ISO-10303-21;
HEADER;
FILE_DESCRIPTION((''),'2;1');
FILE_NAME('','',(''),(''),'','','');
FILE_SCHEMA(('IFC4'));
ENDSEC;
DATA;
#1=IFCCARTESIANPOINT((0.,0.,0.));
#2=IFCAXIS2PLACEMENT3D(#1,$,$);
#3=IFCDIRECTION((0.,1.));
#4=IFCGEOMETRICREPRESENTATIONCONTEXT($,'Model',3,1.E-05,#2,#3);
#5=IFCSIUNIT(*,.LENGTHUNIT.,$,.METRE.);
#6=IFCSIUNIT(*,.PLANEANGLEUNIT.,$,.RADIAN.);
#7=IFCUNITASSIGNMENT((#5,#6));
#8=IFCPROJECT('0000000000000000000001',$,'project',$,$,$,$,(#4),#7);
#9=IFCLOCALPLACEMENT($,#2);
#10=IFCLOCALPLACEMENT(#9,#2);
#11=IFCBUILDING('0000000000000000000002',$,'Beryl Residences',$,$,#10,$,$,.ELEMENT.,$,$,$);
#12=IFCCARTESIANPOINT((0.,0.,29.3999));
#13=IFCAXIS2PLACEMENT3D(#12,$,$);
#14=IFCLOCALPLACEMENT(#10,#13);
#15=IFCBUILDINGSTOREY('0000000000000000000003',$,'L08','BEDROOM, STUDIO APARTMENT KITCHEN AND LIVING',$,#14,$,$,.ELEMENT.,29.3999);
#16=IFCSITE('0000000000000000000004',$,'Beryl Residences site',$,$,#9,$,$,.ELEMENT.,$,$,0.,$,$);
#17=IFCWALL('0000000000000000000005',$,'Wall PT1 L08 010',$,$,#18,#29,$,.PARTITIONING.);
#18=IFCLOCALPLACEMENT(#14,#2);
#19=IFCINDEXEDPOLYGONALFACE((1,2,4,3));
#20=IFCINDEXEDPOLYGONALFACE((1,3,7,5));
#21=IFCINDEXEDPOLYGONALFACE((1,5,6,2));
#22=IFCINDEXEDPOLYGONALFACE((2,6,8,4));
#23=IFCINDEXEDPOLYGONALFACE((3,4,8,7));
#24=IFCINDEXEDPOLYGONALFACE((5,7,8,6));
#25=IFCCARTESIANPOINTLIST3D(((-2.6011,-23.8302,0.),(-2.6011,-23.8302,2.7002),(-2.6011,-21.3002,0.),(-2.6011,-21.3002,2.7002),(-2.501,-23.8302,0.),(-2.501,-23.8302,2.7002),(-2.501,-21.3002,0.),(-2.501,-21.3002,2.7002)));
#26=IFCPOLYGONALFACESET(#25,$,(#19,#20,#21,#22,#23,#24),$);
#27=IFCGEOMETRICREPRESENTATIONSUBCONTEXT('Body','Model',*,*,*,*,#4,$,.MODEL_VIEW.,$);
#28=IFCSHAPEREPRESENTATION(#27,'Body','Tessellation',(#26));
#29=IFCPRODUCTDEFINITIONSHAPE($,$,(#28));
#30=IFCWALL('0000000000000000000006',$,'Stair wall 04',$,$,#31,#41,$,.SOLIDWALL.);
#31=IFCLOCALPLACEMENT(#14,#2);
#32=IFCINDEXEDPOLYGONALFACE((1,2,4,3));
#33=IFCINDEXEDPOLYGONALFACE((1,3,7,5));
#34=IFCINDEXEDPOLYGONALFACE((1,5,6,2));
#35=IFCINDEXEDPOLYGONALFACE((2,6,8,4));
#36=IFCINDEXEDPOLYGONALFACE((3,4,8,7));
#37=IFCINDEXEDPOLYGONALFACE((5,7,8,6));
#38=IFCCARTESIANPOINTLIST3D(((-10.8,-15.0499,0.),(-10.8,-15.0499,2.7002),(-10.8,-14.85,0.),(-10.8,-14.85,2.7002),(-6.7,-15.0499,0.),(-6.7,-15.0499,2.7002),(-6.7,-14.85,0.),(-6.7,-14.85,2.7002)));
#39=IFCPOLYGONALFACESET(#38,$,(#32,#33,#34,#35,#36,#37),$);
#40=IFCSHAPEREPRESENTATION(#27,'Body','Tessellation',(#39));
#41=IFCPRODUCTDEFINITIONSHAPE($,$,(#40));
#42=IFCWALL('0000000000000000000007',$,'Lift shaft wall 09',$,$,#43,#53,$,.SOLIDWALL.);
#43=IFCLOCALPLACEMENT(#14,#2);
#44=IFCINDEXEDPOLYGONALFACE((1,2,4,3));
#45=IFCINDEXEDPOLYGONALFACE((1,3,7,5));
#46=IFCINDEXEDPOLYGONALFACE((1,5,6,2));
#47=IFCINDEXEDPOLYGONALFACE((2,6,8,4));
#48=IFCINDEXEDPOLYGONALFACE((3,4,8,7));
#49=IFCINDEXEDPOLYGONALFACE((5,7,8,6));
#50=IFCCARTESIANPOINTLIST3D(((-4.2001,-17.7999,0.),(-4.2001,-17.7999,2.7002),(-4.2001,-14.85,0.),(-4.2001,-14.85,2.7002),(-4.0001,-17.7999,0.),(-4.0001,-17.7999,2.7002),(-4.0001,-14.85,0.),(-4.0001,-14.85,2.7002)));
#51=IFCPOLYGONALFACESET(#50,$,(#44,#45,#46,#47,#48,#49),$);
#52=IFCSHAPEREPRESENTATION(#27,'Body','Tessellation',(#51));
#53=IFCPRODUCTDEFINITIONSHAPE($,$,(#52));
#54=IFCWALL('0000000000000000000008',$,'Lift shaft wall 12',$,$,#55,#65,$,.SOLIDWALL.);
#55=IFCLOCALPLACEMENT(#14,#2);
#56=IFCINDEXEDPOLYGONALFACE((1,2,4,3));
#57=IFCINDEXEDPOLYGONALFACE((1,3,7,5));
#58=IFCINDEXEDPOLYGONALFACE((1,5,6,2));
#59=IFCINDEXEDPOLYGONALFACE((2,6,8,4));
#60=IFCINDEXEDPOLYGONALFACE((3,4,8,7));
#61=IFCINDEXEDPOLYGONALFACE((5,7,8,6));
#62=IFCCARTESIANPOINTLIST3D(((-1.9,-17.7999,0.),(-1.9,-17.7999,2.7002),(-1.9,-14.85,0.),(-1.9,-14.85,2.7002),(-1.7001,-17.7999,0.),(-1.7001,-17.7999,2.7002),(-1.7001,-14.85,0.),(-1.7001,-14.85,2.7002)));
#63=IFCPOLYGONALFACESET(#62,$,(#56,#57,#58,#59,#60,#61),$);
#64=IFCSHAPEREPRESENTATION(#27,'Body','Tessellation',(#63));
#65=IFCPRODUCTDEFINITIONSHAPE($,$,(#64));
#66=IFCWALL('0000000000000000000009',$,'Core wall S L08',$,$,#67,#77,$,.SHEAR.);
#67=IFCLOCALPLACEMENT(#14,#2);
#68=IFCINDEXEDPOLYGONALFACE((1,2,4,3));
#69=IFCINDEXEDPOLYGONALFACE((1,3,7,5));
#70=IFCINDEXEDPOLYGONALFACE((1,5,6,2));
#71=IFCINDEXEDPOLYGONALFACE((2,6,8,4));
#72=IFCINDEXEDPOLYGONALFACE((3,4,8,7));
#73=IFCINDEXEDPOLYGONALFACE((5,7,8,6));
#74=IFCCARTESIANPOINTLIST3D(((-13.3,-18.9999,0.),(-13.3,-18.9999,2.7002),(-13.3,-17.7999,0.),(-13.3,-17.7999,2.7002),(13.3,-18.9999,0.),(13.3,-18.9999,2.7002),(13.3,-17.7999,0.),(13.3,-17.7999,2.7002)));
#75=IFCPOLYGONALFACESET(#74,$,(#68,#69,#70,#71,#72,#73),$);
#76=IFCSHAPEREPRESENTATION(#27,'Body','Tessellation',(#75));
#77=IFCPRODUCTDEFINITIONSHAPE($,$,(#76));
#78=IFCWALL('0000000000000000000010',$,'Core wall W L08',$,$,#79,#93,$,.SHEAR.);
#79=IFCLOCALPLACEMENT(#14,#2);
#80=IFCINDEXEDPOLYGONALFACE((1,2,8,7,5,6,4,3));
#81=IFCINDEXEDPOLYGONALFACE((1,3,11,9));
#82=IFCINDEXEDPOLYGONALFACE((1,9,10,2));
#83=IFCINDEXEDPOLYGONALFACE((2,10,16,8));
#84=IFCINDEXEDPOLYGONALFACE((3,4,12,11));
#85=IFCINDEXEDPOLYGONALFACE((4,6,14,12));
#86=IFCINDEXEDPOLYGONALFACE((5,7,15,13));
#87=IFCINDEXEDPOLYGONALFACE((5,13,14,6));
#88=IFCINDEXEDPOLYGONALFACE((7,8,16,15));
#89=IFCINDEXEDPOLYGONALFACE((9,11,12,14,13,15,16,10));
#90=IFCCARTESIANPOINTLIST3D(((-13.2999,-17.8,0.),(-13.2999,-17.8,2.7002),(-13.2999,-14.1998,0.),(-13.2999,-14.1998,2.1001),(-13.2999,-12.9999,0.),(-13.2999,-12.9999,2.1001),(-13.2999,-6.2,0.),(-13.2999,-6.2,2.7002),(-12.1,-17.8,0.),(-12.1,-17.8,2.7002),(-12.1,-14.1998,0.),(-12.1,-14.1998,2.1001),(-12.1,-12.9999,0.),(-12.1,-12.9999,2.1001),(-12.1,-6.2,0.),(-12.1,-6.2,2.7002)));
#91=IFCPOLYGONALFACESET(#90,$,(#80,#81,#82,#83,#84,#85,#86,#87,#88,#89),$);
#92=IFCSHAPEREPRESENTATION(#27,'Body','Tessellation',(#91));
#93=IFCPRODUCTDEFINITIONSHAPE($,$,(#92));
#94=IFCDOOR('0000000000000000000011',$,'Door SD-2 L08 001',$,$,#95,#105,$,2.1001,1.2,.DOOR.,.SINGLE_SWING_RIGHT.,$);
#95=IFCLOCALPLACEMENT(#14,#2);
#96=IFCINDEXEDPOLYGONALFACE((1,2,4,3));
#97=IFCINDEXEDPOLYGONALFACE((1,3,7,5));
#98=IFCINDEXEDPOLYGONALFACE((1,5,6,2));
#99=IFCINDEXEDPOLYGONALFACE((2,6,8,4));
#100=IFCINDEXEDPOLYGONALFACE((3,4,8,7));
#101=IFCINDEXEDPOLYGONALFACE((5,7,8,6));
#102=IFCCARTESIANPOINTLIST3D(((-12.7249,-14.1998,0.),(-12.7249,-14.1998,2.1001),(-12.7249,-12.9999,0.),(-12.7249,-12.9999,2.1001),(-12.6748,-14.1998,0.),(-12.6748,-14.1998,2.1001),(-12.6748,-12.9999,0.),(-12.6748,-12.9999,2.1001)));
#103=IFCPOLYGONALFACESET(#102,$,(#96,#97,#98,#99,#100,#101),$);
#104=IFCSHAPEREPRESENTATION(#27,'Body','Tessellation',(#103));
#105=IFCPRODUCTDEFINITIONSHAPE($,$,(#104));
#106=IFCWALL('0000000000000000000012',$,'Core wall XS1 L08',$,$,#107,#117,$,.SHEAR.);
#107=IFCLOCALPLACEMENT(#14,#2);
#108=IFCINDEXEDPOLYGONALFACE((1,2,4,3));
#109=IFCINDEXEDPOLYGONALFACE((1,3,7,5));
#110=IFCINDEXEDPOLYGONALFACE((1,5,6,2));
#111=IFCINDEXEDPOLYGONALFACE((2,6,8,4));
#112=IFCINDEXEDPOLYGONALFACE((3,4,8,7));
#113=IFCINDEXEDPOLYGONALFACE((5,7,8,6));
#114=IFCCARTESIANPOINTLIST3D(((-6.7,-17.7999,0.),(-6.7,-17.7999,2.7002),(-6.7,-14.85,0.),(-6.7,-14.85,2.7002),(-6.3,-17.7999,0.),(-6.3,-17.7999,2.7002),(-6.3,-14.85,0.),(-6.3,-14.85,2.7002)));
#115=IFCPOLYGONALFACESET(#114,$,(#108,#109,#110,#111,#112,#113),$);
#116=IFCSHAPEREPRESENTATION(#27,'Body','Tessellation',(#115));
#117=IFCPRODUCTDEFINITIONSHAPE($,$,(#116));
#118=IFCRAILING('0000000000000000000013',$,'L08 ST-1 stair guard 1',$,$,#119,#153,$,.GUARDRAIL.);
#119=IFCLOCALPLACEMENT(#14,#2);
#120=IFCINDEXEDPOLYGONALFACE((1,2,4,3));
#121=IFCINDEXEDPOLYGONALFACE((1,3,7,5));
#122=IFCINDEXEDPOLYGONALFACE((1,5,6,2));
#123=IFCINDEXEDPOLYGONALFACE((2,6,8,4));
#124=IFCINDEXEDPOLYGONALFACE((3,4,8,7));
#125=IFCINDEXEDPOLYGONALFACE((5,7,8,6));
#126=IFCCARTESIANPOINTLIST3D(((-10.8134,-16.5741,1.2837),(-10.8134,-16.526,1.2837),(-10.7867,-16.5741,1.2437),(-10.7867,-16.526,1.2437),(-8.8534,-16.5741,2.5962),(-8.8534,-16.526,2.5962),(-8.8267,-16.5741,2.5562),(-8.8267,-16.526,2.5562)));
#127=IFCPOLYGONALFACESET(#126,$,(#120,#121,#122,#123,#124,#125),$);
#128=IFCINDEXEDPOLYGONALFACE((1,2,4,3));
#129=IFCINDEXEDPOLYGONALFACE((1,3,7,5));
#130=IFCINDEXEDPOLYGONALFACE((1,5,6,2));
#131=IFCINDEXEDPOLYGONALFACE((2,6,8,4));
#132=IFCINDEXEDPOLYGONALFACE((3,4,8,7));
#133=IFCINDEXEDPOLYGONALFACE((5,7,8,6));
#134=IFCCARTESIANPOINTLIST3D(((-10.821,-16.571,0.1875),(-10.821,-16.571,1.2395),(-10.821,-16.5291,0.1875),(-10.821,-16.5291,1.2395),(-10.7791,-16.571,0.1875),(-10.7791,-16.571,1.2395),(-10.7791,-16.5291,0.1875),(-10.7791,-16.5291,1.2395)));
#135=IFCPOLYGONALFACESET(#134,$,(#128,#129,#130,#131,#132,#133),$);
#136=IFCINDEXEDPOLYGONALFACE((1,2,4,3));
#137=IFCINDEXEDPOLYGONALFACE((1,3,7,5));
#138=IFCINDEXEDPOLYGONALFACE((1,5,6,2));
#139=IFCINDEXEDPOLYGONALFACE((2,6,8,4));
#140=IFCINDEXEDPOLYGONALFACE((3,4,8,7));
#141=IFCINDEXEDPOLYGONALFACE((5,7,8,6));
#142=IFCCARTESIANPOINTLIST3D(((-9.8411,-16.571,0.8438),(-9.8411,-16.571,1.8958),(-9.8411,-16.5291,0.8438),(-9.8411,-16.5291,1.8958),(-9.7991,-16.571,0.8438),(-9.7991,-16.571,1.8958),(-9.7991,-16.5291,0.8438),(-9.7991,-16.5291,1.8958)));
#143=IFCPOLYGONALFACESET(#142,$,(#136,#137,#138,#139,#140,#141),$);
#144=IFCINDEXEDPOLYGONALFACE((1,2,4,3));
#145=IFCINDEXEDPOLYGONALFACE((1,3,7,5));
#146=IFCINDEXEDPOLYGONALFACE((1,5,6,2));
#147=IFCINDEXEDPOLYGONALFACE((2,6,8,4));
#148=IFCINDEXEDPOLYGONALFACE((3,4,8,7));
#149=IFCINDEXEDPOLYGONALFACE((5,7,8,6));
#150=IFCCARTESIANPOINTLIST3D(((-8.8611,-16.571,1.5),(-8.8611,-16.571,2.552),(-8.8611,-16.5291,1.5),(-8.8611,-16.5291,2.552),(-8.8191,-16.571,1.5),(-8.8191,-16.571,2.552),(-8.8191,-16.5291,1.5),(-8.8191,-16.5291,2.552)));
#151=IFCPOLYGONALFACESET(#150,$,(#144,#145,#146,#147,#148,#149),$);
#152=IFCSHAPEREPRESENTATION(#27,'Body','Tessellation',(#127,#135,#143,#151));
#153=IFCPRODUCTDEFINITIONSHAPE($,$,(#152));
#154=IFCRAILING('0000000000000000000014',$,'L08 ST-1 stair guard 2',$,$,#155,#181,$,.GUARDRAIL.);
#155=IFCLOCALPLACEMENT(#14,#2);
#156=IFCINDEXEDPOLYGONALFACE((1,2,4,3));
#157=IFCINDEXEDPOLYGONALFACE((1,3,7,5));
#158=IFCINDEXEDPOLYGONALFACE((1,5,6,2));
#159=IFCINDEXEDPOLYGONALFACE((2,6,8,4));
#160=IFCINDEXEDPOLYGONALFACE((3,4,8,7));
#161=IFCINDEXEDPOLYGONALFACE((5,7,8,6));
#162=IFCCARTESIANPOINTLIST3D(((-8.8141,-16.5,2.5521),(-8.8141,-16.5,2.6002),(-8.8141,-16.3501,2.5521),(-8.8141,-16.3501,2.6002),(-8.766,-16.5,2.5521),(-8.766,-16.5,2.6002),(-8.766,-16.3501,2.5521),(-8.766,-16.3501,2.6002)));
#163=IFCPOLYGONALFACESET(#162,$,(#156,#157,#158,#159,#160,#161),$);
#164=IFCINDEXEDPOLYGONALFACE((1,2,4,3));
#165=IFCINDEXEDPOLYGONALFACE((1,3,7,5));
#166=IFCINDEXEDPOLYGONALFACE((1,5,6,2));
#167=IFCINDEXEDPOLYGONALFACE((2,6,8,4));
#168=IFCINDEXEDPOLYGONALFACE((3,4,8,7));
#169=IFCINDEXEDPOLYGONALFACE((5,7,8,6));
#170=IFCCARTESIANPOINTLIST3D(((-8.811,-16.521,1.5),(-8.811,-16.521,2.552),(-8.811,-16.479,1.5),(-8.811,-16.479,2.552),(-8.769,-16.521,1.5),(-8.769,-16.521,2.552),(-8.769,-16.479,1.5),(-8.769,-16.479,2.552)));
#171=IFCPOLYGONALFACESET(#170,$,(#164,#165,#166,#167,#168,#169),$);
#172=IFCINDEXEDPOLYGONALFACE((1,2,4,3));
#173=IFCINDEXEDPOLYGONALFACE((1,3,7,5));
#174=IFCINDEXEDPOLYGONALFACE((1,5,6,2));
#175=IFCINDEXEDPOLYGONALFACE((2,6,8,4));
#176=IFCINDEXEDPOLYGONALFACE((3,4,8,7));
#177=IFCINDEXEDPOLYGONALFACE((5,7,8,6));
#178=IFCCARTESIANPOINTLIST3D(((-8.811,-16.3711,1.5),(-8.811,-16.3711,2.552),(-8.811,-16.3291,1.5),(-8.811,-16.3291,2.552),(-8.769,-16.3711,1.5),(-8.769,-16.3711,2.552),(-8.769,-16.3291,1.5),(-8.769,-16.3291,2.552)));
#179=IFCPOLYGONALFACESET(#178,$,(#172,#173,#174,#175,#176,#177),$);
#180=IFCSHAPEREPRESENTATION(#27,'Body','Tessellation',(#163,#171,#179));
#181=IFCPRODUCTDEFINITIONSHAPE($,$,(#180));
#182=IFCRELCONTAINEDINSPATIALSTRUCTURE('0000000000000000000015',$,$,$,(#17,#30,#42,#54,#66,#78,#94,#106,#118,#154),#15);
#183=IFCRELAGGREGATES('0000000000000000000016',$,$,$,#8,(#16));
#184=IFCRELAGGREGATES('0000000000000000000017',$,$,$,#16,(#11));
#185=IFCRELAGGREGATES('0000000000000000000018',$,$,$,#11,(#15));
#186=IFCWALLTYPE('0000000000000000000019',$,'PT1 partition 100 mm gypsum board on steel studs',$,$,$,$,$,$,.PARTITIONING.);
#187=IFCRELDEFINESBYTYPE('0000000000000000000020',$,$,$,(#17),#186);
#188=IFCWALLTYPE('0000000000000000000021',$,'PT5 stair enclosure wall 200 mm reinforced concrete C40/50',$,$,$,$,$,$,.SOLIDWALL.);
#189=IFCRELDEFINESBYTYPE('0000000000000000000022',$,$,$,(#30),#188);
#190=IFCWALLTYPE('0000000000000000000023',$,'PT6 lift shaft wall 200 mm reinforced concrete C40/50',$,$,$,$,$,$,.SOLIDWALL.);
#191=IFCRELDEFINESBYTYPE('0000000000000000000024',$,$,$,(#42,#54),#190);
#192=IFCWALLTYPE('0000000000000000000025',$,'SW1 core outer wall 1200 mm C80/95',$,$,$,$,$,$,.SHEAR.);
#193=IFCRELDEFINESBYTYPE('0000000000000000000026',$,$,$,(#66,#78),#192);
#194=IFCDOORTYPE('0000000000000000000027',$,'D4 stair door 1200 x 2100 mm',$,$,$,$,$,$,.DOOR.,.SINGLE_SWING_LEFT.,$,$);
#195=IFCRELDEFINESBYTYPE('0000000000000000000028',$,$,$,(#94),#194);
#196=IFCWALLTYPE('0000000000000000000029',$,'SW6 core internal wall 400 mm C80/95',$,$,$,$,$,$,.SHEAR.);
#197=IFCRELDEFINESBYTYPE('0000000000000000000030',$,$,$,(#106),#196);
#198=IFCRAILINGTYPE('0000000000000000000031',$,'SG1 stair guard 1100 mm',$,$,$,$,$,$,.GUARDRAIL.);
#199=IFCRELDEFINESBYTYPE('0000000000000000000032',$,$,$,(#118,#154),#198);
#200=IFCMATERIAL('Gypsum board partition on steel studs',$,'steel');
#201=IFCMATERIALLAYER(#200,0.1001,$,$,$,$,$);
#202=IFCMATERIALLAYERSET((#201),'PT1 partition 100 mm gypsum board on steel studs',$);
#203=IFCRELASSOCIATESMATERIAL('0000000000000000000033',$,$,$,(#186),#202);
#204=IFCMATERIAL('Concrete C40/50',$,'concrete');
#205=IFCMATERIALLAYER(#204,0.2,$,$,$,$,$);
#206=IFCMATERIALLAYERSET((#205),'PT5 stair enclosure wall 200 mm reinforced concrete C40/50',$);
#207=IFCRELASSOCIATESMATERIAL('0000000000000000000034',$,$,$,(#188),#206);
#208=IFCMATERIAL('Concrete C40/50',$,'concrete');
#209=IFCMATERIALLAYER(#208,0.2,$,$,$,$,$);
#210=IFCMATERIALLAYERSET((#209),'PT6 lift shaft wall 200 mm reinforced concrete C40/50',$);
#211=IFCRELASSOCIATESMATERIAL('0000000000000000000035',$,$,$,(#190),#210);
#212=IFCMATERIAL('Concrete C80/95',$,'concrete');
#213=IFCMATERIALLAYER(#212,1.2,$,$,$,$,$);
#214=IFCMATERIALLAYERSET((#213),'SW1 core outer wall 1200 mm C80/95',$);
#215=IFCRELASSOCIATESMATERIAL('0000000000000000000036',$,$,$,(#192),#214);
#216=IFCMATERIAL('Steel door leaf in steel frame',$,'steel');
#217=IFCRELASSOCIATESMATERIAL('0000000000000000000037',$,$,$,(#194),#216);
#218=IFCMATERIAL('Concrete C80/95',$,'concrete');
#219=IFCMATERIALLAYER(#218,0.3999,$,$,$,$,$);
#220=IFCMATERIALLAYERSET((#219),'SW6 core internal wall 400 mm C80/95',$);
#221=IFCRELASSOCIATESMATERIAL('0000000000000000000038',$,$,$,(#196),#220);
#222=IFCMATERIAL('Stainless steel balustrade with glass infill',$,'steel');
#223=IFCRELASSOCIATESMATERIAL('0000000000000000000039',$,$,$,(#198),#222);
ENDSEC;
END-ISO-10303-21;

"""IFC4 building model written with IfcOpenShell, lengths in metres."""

from ifc_helpers import new_model, si_unit, direction, frame, frame_2d, origin, origin_2d, place, context, subcontext, project, spatial, rectangle, extrude, material, layer, layer_set, type_object, element, fill, save


model = new_model("IFC4")

# Units and contexts
model_context = context("Model", 3, precision=1e-05, world=origin(), true_north=direction((0.0, 1.0)))
body_context = subcontext(model_context, "Body", "Model", "MODEL_VIEW")
ifc_project = project(units=[si_unit("LENGTHUNIT", "METRE"), si_unit("PLANEANGLEUNIT", "RADIAN")], contexts=[model_context])

# Site, building, storey
site_placement = place(None, origin())
site = spatial("IfcSite", under=ifc_project, at=site_placement, Name="Beryl Residences site", CompositionType="ELEMENT", RefElevation=0.0)
building_placement = place(site_placement, origin())
building = spatial("IfcBuilding", under=site, at=building_placement, Name="Beryl Residences", CompositionType="ELEMENT")
storey_placement = place(building_placement, frame((0.0, 0.0, 29.3999)))
storey = spatial("IfcBuildingStorey", under=building, at=storey_placement, Name="L08", Description="BEDROOM, STUDIO APARTMENT KITCHEN AND LIVING", CompositionType="ELEMENT", Elevation=29.3999)

# Walls
ifc_material_1 = material(Name="Gypsum board partition on steel studs", Category="steel")
ifc_layer_1 = layer(ifc_material_1, 0.1001)
ifc_layer_set_1 = layer_set([ifc_layer_1], Name="PT1 partition 100 mm gypsum board on steel studs")
wall_type_1 = type_object("IfcWallType", Name="PT1 partition 100 mm gypsum board on steel studs", PredefinedType="PARTITIONING", material=ifc_layer_set_1)
wall_1_placement = place(storey_placement, frame((-2.551, -21.3, 0.0), z_axis=(0.0, 0.0, 1.0), x_axis=(0.0, -1.0, 0.0)))
element("IfcWall", 1, at=wall_1_placement, inside=storey, type_object=wall_type_1, Name="Wall PT1 L08 010", PredefinedType="PARTITIONING", context=body_context, shape_type="SweptSolid", body=[
    extrude(rectangle(XDim=2.53, YDim=0.1001, at=frame_2d((1.2651, 0.0))), origin(), (0.0, 0.0, 1.0), 2.7002),
])
ifc_material_2 = material(Name="Concrete C40/50", Category="concrete")
ifc_layer_2 = layer(ifc_material_2, 0.2)
ifc_layer_set_2 = layer_set([ifc_layer_2], Name="PT5 stair enclosure wall 200 mm reinforced concrete C40/50")
wall_type_2 = type_object("IfcWallType", Name="PT5 stair enclosure wall 200 mm reinforced concrete C40/50", PredefinedType="SOLIDWALL", material=ifc_layer_set_2)
wall_2_placement = place(storey_placement, frame((-10.8, -14.95, 0.0), z_axis=(0.0, 0.0, 1.0), x_axis=(1.0, 0.0, 0.0)))
element("IfcWall", 2, at=wall_2_placement, inside=storey, type_object=wall_type_2, Name="Stair wall 04", PredefinedType="SOLIDWALL", context=body_context, shape_type="SweptSolid", body=[
    extrude(rectangle(XDim=4.1001, YDim=0.2, at=frame_2d((2.05, 0.0))), origin(), (0.0, 0.0, 1.0), 2.7002),
])
ifc_material_3 = material(Name="Concrete C40/50", Category="concrete")
ifc_layer_3 = layer(ifc_material_3, 0.2)
ifc_layer_set_3 = layer_set([ifc_layer_3], Name="PT6 lift shaft wall 200 mm reinforced concrete C40/50")
wall_type_3 = type_object("IfcWallType", Name="PT6 lift shaft wall 200 mm reinforced concrete C40/50", PredefinedType="SOLIDWALL", material=ifc_layer_set_3)
for number, where, z_axis, x_axis, name in (
    (3, (-4.1001, -17.8, 0.0), (0.0, 0.0, 1.0), (0.0, 1.0, 0.0), "Lift shaft wall 09"),
    (4, (-1.8, -17.8, 0.0), (0.0, 0.0, 1.0), (0.0, 1.0, 0.0), "Lift shaft wall 12"),
):
    element("IfcWall", number, at=place(storey_placement, frame(where, z_axis=z_axis, x_axis=x_axis)), inside=storey, type_object=wall_type_3, Name=name, PredefinedType="SOLIDWALL", context=body_context, shape_type="SweptSolid", body=[
        extrude(rectangle(XDim=2.95, YDim=0.2, at=frame_2d((1.4751, 0.0))), origin(), (0.0, 0.0, 1.0), 2.7002),
    ])
ifc_material_4 = material(Name="Concrete C80/95", Category="concrete")
ifc_layer_4 = layer(ifc_material_4, 1.2)
ifc_layer_set_4 = layer_set([ifc_layer_4], Name="SW1 core outer wall 1200 mm C80/95")
wall_type_4 = type_object("IfcWallType", Name="SW1 core outer wall 1200 mm C80/95", PredefinedType="SHEAR", material=ifc_layer_set_4)
wall_3_placement = place(storey_placement, frame((-13.3, -18.3999, 0.0), z_axis=(0.0, 0.0, 1.0), x_axis=(1.0, 0.0, 0.0)))
element("IfcWall", 5, at=wall_3_placement, inside=storey, type_object=wall_type_4, Name="Core wall S L08", PredefinedType="SHEAR", context=body_context, shape_type="SweptSolid", body=[
    extrude(rectangle(XDim=26.6001, YDim=1.2, at=frame_2d((13.3, 0.0))), origin(), (0.0, 0.0, 1.0), 2.7002),
])

# Wall, opening, door
wall_4_placement = place(storey_placement, frame((-12.7, -17.8, 0.0), z_axis=(0.0, 0.0, 1.0), x_axis=(0.0, 1.0, 0.0)))
wall_4 = element("IfcWall", 6, at=wall_4_placement, inside=storey, type_object=wall_type_4, Name="Core wall W L08", PredefinedType="SHEAR", context=body_context, shape_type="SweptSolid", body=[
    extrude(rectangle(XDim=11.6001, YDim=1.2, at=frame_2d((5.8, 0.0))), origin(), (0.0, 0.0, 1.0), 2.7002),
])
opening_placement = place(wall_4_placement, frame((3.6001, 0.0, 0.0)))
opening = element("IfcOpeningElement", 7, at=opening_placement, cuts=wall_4, PredefinedType="OPENING", context=body_context, shape_type="SweptSolid", body=[
    extrude(rectangle(XDim=1.2, YDim=2.1001, at=frame_2d((0.6001, 1.05))), frame((0.0, 0.6099, 0.0), z_axis=(0.0, -1.0, 0.0), x_axis=(1.0, 0.0, 0.0)), (0.0, 0.0, 1.0), 1.22),
])
ifc_material_5 = material(Name="Steel door leaf in steel frame", Category="steel")
door_type = type_object("IfcDoorType", Name="D4 stair door 1200 x 2100 mm", OperationType="SINGLE_SWING_LEFT", PredefinedType="DOOR", material=ifc_material_5)
door_placement = place(opening_placement, origin())
door = element("IfcDoor", 8, at=door_placement, inside=storey, type_object=door_type, Name="Door SD-2 L08 001", OperationType="SINGLE_SWING_RIGHT", OverallHeight=2.1001, OverallWidth=1.2, PredefinedType="DOOR", context=body_context, shape_type="SweptSolid", body=[
    extrude(rectangle(XDim=1.2, YDim=2.1001, at=frame_2d((0.6001, 1.05))), frame((0.0, 0.0249, 0.0), z_axis=(0.0, -1.0, 0.0), x_axis=(1.0, 0.0, 0.0)), (0.0, 0.0, 1.0), 0.05),
])
fill(opening, door)

# Wall
ifc_material_6 = material(Name="Concrete C80/95", Category="concrete")
ifc_layer_5 = layer(ifc_material_6, 0.3999)
ifc_layer_set_5 = layer_set([ifc_layer_5], Name="SW6 core internal wall 400 mm C80/95")
wall_type_5 = type_object("IfcWallType", Name="SW6 core internal wall 400 mm C80/95", PredefinedType="SHEAR", material=ifc_layer_set_5)
wall_5_placement = place(storey_placement, frame((-6.5, -17.8, 0.0), z_axis=(0.0, 0.0, 1.0), x_axis=(0.0, 1.0, 0.0)))
element("IfcWall", 9, at=wall_5_placement, inside=storey, type_object=wall_type_5, Name="Core wall XS1 L08", PredefinedType="SHEAR", context=body_context, shape_type="SweptSolid", body=[
    extrude(rectangle(XDim=2.95, YDim=0.3999, at=frame_2d((1.4751, 0.0))), origin(), (0.0, 0.0, 1.0), 2.7002),
])

# Railings
ifc_material_7 = material(Name="Stainless steel balustrade with glass infill", Category="steel")
railing_type_1 = type_object("IfcRailingType", Name="SG1 stair guard 1100 mm", PredefinedType="GUARDRAIL", material=ifc_material_7)
railing_1_placement = place(storey_placement, frame((-10.8, -16.55, 0.1875)))
element("IfcRailing", 10, at=railing_1_placement, inside=storey, type_object=railing_type_1, Name="L08 ST-1 stair guard 1", PredefinedType="GUARDRAIL", context=body_context, shape_type="SweptSolid", body=[
    extrude(rectangle(XDim=0.0481, YDim=0.0481, at=origin_2d()), frame((0.0, 0.0, 1.0762), z_axis=(0.830902, 0.0, 0.556419), x_axis=(0.0, 1.0, 0.0)), (0.0, 0.0, 1.0), 2.3589),
    extrude(rectangle(XDim=0.042, YDim=0.042, at=origin_2d()), origin(), (0.0, 0.0, 1.0), 1.052),
    extrude(rectangle(XDim=0.042, YDim=0.042, at=origin_2d()), frame((0.98, 0.0, 0.6562)), (0.0, 0.0, 1.0), 1.052),
    extrude(rectangle(XDim=0.042, YDim=0.042, at=origin_2d()), frame((1.96, 0.0, 1.3125)), (0.0, 0.0, 1.0), 1.052),
])
railing_2_placement = place(storey_placement, frame((-8.79, -16.5, 1.5)))
element("IfcRailing", 11, at=railing_2_placement, inside=storey, type_object=railing_type_1, Name="L08 ST-1 stair guard 2", PredefinedType="GUARDRAIL", context=body_context, shape_type="SweptSolid", body=[
    extrude(rectangle(XDim=0.0481, YDim=0.0481, at=origin_2d()), frame((0.0, 0.0, 1.0762), z_axis=(0.0, 1.0, 0.0), x_axis=(-1.0, 0.0, 0.0)), (0.0, 0.0, 1.0), 0.1499),
    extrude(rectangle(XDim=0.042, YDim=0.042, at=origin_2d()), origin(), (0.0, 0.0, 1.0), 1.052),
    extrude(rectangle(XDim=0.042, YDim=0.042, at=origin_2d()), frame((0.0, 0.1499, 0.0)), (0.0, 0.0, 1.0), 1.052),
])

save(model, "model.ifc")
